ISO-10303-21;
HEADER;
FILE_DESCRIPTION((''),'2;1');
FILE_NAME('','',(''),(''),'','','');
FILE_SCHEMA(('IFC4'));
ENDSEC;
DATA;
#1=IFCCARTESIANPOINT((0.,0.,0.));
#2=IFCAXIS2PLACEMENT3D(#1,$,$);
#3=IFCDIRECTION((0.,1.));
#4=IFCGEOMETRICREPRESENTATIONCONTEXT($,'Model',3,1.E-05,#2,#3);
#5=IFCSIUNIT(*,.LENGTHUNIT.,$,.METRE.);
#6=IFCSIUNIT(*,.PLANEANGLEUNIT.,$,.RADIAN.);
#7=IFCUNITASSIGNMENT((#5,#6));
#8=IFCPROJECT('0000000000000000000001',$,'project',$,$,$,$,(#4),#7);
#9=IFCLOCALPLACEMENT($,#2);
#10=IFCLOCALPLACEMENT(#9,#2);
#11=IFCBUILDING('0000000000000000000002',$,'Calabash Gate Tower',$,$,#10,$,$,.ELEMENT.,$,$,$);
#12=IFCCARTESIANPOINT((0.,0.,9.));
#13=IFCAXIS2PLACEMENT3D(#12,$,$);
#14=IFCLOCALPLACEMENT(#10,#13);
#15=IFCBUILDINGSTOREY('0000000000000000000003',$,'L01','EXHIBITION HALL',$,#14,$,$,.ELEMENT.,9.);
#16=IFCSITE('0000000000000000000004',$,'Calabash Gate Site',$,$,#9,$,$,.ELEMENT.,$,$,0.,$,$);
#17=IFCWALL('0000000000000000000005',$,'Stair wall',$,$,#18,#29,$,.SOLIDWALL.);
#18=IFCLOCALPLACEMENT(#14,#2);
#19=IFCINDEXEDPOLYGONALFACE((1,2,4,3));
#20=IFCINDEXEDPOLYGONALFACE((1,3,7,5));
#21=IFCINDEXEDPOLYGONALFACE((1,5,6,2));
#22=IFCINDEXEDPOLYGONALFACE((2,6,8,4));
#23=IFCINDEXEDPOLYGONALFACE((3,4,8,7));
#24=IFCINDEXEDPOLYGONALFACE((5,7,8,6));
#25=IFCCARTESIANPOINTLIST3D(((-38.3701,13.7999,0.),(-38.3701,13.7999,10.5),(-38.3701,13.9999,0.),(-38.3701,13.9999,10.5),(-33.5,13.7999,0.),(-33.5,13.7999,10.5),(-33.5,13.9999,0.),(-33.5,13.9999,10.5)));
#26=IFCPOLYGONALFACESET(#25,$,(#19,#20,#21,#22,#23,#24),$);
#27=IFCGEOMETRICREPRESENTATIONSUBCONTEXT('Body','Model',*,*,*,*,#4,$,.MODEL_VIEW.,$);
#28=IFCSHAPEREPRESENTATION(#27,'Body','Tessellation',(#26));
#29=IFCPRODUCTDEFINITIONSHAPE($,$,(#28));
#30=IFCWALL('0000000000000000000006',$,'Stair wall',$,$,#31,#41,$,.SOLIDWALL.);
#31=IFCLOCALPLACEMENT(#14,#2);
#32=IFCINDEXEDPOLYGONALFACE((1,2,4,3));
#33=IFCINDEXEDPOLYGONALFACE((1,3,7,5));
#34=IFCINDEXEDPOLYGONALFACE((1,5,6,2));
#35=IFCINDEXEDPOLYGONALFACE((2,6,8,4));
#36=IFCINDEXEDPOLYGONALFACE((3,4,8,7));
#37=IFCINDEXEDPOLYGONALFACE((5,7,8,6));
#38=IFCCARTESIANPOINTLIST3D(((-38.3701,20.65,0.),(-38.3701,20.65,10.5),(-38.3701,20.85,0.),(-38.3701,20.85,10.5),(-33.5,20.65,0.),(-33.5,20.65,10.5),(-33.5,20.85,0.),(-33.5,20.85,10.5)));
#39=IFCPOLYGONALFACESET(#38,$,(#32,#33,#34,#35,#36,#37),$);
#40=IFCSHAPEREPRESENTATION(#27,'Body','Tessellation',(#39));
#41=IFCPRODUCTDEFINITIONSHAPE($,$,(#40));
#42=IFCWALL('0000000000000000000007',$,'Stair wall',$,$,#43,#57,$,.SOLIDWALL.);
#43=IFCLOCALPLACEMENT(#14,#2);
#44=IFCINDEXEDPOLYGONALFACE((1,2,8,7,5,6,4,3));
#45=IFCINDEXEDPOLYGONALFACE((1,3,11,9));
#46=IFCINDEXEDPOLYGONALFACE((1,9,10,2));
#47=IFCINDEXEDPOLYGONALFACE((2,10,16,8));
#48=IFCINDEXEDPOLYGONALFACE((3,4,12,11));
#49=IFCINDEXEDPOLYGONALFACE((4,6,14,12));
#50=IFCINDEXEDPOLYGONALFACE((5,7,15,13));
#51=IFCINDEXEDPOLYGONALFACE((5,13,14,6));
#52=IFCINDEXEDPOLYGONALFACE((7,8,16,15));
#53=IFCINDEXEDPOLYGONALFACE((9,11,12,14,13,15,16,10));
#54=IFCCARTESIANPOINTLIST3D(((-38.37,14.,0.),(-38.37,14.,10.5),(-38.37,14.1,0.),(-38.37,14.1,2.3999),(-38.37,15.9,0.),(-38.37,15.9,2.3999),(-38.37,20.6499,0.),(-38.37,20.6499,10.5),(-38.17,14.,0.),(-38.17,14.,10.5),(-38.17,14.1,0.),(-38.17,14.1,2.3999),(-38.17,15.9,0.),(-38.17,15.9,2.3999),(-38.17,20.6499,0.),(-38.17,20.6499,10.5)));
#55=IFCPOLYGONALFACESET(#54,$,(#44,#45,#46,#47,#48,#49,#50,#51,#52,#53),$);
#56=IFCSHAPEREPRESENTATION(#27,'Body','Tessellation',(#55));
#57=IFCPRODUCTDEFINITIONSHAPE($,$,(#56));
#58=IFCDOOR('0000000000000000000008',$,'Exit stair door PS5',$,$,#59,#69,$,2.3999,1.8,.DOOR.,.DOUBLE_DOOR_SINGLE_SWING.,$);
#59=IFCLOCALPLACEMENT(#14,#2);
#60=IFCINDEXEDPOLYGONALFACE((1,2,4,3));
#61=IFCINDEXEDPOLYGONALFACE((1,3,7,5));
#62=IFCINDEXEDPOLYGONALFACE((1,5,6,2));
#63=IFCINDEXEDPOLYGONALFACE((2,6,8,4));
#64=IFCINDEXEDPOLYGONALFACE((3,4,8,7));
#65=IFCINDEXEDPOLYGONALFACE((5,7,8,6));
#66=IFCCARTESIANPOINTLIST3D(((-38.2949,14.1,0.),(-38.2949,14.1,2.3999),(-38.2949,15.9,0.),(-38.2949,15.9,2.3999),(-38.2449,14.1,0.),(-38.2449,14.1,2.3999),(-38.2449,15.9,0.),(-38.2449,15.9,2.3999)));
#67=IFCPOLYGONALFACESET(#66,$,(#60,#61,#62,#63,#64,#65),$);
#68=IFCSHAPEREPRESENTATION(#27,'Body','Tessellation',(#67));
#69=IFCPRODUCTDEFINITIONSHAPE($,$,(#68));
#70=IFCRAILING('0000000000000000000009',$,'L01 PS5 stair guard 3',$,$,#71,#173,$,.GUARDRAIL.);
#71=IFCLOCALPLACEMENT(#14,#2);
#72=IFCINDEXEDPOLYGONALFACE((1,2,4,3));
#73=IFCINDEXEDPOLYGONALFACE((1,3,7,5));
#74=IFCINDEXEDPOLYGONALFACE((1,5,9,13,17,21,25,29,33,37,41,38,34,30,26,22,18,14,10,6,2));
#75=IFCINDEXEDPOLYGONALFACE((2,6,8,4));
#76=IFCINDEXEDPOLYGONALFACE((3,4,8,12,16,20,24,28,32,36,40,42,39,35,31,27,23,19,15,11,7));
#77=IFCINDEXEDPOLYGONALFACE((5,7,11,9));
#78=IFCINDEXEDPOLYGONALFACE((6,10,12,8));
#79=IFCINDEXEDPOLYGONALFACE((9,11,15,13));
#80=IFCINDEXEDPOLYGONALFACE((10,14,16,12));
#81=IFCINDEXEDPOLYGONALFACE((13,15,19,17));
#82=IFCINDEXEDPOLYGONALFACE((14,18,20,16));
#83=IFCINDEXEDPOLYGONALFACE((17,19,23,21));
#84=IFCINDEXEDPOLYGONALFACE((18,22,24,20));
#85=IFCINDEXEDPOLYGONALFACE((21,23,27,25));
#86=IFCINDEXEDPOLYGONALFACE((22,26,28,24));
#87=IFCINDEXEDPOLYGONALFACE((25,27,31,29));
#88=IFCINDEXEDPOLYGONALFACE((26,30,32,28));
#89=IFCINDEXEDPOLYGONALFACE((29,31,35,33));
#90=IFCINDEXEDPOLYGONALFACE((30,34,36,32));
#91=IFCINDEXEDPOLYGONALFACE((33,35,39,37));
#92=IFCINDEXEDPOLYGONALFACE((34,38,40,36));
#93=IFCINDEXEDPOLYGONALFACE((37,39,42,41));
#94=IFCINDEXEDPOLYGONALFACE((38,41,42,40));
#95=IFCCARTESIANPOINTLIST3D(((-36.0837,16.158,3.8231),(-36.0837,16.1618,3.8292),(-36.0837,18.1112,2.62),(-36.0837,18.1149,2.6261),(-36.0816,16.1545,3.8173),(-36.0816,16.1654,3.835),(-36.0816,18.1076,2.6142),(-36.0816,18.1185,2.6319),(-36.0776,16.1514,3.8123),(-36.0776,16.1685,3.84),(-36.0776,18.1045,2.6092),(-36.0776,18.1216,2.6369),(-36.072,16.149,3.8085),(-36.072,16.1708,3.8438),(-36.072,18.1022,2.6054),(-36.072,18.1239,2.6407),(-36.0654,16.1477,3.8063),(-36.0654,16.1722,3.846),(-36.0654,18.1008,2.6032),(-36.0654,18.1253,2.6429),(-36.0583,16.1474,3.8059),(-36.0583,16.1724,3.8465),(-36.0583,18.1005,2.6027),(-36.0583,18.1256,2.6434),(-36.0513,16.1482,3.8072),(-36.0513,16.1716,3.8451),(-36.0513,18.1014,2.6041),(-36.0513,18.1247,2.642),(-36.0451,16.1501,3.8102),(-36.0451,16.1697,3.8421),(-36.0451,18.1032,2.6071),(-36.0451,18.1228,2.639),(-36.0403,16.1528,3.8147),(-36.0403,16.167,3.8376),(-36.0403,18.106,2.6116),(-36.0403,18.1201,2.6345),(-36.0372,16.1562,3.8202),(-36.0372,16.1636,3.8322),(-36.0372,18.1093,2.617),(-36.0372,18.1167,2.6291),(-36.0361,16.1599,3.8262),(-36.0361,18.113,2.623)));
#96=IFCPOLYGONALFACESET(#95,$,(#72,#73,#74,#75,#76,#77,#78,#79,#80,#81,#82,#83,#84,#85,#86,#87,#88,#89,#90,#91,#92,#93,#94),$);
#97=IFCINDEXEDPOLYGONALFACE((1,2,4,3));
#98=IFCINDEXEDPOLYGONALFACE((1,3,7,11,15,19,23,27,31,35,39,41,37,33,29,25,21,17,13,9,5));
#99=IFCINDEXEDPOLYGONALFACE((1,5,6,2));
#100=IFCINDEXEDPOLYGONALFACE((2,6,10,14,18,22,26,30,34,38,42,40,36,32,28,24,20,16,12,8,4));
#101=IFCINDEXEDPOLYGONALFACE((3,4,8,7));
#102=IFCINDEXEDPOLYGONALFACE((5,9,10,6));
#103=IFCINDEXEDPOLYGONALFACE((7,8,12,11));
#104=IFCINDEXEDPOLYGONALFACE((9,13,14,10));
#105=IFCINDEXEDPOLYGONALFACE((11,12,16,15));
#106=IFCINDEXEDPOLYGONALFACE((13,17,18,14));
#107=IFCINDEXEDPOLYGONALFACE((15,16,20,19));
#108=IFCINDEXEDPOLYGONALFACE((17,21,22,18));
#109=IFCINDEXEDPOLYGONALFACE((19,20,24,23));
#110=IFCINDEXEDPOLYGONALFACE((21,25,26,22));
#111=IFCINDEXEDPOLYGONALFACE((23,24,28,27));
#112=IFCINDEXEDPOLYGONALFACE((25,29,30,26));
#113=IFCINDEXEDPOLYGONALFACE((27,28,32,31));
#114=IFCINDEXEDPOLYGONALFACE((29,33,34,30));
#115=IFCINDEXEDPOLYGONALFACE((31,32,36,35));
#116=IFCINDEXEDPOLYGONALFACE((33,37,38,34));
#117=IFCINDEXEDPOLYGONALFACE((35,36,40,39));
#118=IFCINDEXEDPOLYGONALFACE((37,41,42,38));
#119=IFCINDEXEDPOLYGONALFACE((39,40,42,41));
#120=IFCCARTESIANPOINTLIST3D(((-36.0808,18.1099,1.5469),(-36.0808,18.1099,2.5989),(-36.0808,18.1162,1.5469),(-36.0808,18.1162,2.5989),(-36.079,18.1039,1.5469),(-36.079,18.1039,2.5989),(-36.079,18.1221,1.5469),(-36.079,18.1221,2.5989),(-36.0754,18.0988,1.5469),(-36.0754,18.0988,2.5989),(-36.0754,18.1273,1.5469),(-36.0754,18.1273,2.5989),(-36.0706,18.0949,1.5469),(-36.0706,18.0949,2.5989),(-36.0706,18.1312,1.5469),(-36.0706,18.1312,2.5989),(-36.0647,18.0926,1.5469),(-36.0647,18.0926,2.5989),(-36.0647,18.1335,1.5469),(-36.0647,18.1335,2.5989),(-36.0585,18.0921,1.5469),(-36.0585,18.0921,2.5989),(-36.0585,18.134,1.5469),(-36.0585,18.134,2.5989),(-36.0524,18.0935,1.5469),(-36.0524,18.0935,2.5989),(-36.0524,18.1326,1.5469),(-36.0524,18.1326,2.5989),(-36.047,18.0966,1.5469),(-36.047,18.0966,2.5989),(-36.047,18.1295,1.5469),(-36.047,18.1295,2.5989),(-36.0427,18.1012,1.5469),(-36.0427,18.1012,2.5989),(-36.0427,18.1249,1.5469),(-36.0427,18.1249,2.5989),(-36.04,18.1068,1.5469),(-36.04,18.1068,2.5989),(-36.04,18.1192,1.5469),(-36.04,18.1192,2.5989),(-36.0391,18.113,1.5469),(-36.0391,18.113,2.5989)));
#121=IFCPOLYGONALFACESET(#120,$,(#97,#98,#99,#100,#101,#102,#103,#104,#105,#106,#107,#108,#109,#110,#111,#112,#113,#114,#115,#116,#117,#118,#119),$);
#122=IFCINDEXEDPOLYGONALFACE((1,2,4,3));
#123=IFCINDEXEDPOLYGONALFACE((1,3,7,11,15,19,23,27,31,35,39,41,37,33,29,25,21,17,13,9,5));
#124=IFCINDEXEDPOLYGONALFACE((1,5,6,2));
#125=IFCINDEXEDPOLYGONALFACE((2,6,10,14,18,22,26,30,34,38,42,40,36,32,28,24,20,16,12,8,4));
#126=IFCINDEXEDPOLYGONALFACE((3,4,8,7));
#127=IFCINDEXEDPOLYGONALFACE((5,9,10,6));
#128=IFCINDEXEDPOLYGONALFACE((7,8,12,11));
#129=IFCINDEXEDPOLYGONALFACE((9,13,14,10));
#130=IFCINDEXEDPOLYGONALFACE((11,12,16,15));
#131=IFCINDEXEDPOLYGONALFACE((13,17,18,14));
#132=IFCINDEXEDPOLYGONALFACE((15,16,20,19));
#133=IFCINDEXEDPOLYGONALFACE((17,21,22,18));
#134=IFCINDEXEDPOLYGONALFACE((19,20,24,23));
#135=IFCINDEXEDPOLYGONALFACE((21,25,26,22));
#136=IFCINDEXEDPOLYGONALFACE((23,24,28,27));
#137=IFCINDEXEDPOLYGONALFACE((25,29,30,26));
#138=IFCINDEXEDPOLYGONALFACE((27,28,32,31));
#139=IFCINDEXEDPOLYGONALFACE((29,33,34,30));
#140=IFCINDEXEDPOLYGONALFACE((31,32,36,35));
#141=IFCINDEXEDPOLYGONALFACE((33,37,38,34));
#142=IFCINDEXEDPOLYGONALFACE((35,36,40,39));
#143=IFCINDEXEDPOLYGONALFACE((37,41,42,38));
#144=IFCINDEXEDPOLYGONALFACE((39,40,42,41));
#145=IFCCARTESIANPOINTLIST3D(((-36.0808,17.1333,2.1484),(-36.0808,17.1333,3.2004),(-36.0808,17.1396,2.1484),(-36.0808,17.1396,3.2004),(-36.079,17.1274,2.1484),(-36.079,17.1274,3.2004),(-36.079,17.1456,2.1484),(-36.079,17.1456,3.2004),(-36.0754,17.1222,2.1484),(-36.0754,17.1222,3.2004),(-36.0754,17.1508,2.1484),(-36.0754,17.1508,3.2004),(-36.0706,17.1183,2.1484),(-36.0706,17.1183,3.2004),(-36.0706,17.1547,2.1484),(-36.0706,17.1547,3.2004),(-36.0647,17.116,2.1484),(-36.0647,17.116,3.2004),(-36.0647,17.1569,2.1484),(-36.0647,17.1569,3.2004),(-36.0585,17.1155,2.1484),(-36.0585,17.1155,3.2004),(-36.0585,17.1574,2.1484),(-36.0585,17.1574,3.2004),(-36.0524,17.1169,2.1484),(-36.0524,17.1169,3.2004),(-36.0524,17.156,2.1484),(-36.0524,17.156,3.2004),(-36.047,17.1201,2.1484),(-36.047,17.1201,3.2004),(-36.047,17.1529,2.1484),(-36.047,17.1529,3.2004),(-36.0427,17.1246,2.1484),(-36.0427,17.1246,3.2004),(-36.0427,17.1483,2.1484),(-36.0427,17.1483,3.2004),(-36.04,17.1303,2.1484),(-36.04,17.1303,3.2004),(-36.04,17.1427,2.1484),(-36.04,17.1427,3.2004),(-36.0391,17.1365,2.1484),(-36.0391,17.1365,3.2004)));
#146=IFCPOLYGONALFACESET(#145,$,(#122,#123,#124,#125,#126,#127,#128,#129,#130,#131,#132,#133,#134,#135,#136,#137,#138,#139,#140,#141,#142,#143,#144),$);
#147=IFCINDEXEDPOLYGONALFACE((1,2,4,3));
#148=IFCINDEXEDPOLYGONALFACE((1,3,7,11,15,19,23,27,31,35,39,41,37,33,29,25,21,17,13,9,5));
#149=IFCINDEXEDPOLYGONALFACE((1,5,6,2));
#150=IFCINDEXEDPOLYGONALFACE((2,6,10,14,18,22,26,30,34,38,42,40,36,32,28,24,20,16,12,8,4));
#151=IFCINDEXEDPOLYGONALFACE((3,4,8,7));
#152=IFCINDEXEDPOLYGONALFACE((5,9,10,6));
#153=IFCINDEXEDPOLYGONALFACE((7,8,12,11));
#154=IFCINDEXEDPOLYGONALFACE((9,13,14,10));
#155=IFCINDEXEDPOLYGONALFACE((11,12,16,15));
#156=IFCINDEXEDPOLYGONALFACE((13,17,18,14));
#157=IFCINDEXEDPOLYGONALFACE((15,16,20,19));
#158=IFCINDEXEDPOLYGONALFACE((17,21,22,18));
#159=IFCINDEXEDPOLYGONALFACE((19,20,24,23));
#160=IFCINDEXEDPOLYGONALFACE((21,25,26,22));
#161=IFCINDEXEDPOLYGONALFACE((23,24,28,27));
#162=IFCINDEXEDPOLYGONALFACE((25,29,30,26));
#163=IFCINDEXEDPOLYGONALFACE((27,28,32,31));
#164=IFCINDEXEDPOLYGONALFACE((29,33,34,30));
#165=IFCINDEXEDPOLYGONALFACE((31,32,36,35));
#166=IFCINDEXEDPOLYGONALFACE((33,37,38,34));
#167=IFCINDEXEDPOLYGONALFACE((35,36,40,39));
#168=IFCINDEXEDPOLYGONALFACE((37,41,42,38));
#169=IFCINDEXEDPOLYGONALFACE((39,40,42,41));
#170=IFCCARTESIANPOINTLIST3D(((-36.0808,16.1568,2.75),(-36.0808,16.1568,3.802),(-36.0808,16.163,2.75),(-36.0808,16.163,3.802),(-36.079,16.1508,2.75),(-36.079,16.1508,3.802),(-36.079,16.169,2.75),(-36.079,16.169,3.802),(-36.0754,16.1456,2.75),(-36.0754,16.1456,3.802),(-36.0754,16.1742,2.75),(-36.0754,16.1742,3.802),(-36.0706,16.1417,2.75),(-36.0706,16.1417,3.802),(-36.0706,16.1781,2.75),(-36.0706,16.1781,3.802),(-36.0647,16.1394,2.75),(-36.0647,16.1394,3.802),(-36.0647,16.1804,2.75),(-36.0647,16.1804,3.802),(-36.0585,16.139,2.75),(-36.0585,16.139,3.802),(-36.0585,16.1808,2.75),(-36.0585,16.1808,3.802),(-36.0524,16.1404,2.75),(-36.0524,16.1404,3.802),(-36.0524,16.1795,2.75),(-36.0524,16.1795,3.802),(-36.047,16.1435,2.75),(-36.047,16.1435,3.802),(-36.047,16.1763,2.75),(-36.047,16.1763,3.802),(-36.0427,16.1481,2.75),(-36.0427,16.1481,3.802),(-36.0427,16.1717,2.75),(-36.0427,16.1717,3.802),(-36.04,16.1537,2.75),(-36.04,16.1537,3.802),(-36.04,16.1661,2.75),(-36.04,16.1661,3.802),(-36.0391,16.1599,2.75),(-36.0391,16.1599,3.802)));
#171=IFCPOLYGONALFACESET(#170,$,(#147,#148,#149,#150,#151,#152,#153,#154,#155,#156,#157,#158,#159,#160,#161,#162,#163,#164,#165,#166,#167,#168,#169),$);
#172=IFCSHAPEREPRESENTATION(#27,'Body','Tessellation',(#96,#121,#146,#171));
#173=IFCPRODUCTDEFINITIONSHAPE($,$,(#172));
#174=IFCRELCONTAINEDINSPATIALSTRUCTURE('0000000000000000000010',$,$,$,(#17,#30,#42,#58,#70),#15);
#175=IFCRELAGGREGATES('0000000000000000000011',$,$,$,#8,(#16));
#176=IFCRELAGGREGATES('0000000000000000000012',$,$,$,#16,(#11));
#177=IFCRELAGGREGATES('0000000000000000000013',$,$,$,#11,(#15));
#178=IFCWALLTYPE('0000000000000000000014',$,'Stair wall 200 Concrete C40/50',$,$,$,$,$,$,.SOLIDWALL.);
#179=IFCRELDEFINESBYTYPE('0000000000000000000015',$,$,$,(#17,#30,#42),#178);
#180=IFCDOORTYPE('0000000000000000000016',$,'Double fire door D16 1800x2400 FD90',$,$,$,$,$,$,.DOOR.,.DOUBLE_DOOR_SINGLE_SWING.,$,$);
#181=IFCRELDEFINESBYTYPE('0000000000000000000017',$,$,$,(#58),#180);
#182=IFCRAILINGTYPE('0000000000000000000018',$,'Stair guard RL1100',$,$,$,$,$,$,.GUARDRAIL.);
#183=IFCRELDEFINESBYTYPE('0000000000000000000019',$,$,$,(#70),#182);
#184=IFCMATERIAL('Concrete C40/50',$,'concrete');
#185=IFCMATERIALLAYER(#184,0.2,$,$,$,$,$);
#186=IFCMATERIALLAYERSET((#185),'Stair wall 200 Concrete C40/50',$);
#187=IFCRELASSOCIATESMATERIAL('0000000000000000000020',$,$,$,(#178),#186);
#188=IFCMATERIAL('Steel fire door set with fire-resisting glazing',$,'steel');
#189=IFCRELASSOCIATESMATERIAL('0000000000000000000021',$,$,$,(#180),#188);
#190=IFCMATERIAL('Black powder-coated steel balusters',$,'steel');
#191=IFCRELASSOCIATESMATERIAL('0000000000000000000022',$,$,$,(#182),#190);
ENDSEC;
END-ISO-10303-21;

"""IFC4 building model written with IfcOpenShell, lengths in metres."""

from ifc_helpers import new_model, si_unit, direction, frame, frame_2d, origin, origin_2d, place, context, subcontext, project, spatial, rectangle, circle, extrude, material, layer, layer_set, type_object, element, fill, save


model = new_model("IFC4")

# Units and contexts
model_context = context("Model", 3, precision=1e-05, world=origin(), true_north=direction((0.0, 1.0)))
body_context = subcontext(model_context, "Body", "Model", "MODEL_VIEW")
ifc_project = project(units=[si_unit("LENGTHUNIT", "METRE"), si_unit("PLANEANGLEUNIT", "RADIAN")], contexts=[model_context])

# Site, building, storey
site_placement = place(None, origin())
site = spatial("IfcSite", under=ifc_project, at=site_placement, Name="Calabash Gate Site", CompositionType="ELEMENT", RefElevation=0.0)
building_placement = place(site_placement, origin())
building = spatial("IfcBuilding", under=site, at=building_placement, Name="Calabash Gate Tower", CompositionType="ELEMENT")
storey_placement = place(building_placement, frame((0.0, 0.0, 9.0)))
storey = spatial("IfcBuildingStorey", under=building, at=storey_placement, Name="L01", Description="EXHIBITION HALL", CompositionType="ELEMENT", Elevation=9.0)

# Walls
ifc_material_1 = material(Name="Concrete C40/50", Category="concrete")
ifc_layer_1 = layer(ifc_material_1, 0.2)
ifc_layer_set_1 = layer_set([ifc_layer_1], Name="Stair wall 200 Concrete C40/50")
wall_type_1 = type_object("IfcWallType", Name="Stair wall 200 Concrete C40/50", PredefinedType="SOLIDWALL", material=ifc_layer_set_1)
for number, where, z_axis, x_axis, name in (
    (1, (-38.3701, 13.8999, 0.0), (0.0, 0.0, 1.0), (1.0, 0.0, 0.0), "Stair wall"),
    (2, (-38.3701, 20.75, 0.0), (0.0, 0.0, 1.0), (1.0, 0.0, 0.0), "Stair wall"),
):
    element("IfcWall", number, at=place(storey_placement, frame(where, z_axis=z_axis, x_axis=x_axis)), inside=storey, type_object=wall_type_1, Name=name, PredefinedType="SOLIDWALL", context=body_context, shape_type="SweptSolid", body=[
        extrude(rectangle(XDim=4.8701, YDim=0.2, at=frame_2d((2.4351, 0.0))), origin(), (0.0, 0.0, 1.0), 10.5),
    ])

# Wall, opening, door
wall_1_placement = place(storey_placement, frame((-38.27, 14.0, 0.0), z_axis=(0.0, 0.0, 1.0), x_axis=(0.0, 1.0, 0.0)))
wall_1 = element("IfcWall", 3, at=wall_1_placement, inside=storey, type_object=wall_type_1, Name="Stair wall", PredefinedType="SOLIDWALL", context=body_context, shape_type="SweptSolid", body=[
    extrude(rectangle(XDim=6.6499, YDim=0.2, at=frame_2d((3.325, 0.0))), origin(), (0.0, 0.0, 1.0), 10.5),
])
opening_placement = place(wall_1_placement, frame((0.1001, 0.0, 0.0)))
opening = element("IfcOpeningElement", 4, at=opening_placement, cuts=wall_1, PredefinedType="OPENING", context=body_context, shape_type="SweptSolid", body=[
    extrude(rectangle(XDim=1.8, YDim=2.3999, at=frame_2d((0.8999, 1.2))), frame((0.0, 0.1099, 0.0), z_axis=(0.0, -1.0, 0.0), x_axis=(1.0, 0.0, 0.0)), (0.0, 0.0, 1.0), 0.22),
])
ifc_material_2 = material(Name="Steel fire door set with fire-resisting glazing", Category="steel")
door_type = type_object("IfcDoorType", Name="Double fire door D16 1800x2400 FD90", OperationType="DOUBLE_DOOR_SINGLE_SWING", PredefinedType="DOOR", material=ifc_material_2)
door_placement = place(opening_placement, origin())
door = element("IfcDoor", 5, at=door_placement, inside=storey, type_object=door_type, Name="Exit stair door PS5", OperationType="DOUBLE_DOOR_SINGLE_SWING", OverallHeight=2.3999, OverallWidth=1.8, PredefinedType="DOOR", context=body_context, shape_type="SweptSolid", body=[
    extrude(rectangle(XDim=1.8, YDim=2.3999, at=frame_2d((0.8999, 1.2))), frame((0.0, 0.0249, 0.0), z_axis=(0.0, -1.0, 0.0), x_axis=(1.0, 0.0, 0.0)), (0.0, 0.0, 1.0), 0.05),
])
fill(opening, door)

# Railing
ifc_material_3 = material(Name="Black powder-coated steel balusters", Category="steel")
railing_type_1 = type_object("IfcRailingType", Name="Stair guard RL1100", PredefinedType="GUARDRAIL", material=ifc_material_3)
for number, where, name in (
    (6, (-36.0601, 18.113, 1.5469), "L01 PS5 stair guard 3"),
):
    element("IfcRailing", number, at=place(storey_placement, frame(where)), inside=storey, type_object=railing_type_1, Name=name, PredefinedType="GUARDRAIL", context=body_context, shape_type="SweptSolid", body=[
        extrude(circle(Radius=0.0239, at=origin_2d()), frame((0.0, 0.0, 1.0762), z_axis=(0.0, -0.851424, 0.524477), x_axis=(1.0, 0.0, 0.0)), (0.0, 0.0, 1.0), 2.2939),
        extrude(circle(Radius=0.021, at=origin_2d()), origin(), (0.0, 0.0, 1.0), 1.052),
        extrude(circle(Radius=0.021, at=origin_2d()), frame((0.0, -0.9766, 0.6016)), (0.0, 0.0, 1.0), 1.052),
        extrude(circle(Radius=0.021, at=origin_2d()), frame((0.0, -1.9531, 1.2031)), (0.0, 0.0, 1.0), 1.052),
    ])

save(model, "model.ifc")
